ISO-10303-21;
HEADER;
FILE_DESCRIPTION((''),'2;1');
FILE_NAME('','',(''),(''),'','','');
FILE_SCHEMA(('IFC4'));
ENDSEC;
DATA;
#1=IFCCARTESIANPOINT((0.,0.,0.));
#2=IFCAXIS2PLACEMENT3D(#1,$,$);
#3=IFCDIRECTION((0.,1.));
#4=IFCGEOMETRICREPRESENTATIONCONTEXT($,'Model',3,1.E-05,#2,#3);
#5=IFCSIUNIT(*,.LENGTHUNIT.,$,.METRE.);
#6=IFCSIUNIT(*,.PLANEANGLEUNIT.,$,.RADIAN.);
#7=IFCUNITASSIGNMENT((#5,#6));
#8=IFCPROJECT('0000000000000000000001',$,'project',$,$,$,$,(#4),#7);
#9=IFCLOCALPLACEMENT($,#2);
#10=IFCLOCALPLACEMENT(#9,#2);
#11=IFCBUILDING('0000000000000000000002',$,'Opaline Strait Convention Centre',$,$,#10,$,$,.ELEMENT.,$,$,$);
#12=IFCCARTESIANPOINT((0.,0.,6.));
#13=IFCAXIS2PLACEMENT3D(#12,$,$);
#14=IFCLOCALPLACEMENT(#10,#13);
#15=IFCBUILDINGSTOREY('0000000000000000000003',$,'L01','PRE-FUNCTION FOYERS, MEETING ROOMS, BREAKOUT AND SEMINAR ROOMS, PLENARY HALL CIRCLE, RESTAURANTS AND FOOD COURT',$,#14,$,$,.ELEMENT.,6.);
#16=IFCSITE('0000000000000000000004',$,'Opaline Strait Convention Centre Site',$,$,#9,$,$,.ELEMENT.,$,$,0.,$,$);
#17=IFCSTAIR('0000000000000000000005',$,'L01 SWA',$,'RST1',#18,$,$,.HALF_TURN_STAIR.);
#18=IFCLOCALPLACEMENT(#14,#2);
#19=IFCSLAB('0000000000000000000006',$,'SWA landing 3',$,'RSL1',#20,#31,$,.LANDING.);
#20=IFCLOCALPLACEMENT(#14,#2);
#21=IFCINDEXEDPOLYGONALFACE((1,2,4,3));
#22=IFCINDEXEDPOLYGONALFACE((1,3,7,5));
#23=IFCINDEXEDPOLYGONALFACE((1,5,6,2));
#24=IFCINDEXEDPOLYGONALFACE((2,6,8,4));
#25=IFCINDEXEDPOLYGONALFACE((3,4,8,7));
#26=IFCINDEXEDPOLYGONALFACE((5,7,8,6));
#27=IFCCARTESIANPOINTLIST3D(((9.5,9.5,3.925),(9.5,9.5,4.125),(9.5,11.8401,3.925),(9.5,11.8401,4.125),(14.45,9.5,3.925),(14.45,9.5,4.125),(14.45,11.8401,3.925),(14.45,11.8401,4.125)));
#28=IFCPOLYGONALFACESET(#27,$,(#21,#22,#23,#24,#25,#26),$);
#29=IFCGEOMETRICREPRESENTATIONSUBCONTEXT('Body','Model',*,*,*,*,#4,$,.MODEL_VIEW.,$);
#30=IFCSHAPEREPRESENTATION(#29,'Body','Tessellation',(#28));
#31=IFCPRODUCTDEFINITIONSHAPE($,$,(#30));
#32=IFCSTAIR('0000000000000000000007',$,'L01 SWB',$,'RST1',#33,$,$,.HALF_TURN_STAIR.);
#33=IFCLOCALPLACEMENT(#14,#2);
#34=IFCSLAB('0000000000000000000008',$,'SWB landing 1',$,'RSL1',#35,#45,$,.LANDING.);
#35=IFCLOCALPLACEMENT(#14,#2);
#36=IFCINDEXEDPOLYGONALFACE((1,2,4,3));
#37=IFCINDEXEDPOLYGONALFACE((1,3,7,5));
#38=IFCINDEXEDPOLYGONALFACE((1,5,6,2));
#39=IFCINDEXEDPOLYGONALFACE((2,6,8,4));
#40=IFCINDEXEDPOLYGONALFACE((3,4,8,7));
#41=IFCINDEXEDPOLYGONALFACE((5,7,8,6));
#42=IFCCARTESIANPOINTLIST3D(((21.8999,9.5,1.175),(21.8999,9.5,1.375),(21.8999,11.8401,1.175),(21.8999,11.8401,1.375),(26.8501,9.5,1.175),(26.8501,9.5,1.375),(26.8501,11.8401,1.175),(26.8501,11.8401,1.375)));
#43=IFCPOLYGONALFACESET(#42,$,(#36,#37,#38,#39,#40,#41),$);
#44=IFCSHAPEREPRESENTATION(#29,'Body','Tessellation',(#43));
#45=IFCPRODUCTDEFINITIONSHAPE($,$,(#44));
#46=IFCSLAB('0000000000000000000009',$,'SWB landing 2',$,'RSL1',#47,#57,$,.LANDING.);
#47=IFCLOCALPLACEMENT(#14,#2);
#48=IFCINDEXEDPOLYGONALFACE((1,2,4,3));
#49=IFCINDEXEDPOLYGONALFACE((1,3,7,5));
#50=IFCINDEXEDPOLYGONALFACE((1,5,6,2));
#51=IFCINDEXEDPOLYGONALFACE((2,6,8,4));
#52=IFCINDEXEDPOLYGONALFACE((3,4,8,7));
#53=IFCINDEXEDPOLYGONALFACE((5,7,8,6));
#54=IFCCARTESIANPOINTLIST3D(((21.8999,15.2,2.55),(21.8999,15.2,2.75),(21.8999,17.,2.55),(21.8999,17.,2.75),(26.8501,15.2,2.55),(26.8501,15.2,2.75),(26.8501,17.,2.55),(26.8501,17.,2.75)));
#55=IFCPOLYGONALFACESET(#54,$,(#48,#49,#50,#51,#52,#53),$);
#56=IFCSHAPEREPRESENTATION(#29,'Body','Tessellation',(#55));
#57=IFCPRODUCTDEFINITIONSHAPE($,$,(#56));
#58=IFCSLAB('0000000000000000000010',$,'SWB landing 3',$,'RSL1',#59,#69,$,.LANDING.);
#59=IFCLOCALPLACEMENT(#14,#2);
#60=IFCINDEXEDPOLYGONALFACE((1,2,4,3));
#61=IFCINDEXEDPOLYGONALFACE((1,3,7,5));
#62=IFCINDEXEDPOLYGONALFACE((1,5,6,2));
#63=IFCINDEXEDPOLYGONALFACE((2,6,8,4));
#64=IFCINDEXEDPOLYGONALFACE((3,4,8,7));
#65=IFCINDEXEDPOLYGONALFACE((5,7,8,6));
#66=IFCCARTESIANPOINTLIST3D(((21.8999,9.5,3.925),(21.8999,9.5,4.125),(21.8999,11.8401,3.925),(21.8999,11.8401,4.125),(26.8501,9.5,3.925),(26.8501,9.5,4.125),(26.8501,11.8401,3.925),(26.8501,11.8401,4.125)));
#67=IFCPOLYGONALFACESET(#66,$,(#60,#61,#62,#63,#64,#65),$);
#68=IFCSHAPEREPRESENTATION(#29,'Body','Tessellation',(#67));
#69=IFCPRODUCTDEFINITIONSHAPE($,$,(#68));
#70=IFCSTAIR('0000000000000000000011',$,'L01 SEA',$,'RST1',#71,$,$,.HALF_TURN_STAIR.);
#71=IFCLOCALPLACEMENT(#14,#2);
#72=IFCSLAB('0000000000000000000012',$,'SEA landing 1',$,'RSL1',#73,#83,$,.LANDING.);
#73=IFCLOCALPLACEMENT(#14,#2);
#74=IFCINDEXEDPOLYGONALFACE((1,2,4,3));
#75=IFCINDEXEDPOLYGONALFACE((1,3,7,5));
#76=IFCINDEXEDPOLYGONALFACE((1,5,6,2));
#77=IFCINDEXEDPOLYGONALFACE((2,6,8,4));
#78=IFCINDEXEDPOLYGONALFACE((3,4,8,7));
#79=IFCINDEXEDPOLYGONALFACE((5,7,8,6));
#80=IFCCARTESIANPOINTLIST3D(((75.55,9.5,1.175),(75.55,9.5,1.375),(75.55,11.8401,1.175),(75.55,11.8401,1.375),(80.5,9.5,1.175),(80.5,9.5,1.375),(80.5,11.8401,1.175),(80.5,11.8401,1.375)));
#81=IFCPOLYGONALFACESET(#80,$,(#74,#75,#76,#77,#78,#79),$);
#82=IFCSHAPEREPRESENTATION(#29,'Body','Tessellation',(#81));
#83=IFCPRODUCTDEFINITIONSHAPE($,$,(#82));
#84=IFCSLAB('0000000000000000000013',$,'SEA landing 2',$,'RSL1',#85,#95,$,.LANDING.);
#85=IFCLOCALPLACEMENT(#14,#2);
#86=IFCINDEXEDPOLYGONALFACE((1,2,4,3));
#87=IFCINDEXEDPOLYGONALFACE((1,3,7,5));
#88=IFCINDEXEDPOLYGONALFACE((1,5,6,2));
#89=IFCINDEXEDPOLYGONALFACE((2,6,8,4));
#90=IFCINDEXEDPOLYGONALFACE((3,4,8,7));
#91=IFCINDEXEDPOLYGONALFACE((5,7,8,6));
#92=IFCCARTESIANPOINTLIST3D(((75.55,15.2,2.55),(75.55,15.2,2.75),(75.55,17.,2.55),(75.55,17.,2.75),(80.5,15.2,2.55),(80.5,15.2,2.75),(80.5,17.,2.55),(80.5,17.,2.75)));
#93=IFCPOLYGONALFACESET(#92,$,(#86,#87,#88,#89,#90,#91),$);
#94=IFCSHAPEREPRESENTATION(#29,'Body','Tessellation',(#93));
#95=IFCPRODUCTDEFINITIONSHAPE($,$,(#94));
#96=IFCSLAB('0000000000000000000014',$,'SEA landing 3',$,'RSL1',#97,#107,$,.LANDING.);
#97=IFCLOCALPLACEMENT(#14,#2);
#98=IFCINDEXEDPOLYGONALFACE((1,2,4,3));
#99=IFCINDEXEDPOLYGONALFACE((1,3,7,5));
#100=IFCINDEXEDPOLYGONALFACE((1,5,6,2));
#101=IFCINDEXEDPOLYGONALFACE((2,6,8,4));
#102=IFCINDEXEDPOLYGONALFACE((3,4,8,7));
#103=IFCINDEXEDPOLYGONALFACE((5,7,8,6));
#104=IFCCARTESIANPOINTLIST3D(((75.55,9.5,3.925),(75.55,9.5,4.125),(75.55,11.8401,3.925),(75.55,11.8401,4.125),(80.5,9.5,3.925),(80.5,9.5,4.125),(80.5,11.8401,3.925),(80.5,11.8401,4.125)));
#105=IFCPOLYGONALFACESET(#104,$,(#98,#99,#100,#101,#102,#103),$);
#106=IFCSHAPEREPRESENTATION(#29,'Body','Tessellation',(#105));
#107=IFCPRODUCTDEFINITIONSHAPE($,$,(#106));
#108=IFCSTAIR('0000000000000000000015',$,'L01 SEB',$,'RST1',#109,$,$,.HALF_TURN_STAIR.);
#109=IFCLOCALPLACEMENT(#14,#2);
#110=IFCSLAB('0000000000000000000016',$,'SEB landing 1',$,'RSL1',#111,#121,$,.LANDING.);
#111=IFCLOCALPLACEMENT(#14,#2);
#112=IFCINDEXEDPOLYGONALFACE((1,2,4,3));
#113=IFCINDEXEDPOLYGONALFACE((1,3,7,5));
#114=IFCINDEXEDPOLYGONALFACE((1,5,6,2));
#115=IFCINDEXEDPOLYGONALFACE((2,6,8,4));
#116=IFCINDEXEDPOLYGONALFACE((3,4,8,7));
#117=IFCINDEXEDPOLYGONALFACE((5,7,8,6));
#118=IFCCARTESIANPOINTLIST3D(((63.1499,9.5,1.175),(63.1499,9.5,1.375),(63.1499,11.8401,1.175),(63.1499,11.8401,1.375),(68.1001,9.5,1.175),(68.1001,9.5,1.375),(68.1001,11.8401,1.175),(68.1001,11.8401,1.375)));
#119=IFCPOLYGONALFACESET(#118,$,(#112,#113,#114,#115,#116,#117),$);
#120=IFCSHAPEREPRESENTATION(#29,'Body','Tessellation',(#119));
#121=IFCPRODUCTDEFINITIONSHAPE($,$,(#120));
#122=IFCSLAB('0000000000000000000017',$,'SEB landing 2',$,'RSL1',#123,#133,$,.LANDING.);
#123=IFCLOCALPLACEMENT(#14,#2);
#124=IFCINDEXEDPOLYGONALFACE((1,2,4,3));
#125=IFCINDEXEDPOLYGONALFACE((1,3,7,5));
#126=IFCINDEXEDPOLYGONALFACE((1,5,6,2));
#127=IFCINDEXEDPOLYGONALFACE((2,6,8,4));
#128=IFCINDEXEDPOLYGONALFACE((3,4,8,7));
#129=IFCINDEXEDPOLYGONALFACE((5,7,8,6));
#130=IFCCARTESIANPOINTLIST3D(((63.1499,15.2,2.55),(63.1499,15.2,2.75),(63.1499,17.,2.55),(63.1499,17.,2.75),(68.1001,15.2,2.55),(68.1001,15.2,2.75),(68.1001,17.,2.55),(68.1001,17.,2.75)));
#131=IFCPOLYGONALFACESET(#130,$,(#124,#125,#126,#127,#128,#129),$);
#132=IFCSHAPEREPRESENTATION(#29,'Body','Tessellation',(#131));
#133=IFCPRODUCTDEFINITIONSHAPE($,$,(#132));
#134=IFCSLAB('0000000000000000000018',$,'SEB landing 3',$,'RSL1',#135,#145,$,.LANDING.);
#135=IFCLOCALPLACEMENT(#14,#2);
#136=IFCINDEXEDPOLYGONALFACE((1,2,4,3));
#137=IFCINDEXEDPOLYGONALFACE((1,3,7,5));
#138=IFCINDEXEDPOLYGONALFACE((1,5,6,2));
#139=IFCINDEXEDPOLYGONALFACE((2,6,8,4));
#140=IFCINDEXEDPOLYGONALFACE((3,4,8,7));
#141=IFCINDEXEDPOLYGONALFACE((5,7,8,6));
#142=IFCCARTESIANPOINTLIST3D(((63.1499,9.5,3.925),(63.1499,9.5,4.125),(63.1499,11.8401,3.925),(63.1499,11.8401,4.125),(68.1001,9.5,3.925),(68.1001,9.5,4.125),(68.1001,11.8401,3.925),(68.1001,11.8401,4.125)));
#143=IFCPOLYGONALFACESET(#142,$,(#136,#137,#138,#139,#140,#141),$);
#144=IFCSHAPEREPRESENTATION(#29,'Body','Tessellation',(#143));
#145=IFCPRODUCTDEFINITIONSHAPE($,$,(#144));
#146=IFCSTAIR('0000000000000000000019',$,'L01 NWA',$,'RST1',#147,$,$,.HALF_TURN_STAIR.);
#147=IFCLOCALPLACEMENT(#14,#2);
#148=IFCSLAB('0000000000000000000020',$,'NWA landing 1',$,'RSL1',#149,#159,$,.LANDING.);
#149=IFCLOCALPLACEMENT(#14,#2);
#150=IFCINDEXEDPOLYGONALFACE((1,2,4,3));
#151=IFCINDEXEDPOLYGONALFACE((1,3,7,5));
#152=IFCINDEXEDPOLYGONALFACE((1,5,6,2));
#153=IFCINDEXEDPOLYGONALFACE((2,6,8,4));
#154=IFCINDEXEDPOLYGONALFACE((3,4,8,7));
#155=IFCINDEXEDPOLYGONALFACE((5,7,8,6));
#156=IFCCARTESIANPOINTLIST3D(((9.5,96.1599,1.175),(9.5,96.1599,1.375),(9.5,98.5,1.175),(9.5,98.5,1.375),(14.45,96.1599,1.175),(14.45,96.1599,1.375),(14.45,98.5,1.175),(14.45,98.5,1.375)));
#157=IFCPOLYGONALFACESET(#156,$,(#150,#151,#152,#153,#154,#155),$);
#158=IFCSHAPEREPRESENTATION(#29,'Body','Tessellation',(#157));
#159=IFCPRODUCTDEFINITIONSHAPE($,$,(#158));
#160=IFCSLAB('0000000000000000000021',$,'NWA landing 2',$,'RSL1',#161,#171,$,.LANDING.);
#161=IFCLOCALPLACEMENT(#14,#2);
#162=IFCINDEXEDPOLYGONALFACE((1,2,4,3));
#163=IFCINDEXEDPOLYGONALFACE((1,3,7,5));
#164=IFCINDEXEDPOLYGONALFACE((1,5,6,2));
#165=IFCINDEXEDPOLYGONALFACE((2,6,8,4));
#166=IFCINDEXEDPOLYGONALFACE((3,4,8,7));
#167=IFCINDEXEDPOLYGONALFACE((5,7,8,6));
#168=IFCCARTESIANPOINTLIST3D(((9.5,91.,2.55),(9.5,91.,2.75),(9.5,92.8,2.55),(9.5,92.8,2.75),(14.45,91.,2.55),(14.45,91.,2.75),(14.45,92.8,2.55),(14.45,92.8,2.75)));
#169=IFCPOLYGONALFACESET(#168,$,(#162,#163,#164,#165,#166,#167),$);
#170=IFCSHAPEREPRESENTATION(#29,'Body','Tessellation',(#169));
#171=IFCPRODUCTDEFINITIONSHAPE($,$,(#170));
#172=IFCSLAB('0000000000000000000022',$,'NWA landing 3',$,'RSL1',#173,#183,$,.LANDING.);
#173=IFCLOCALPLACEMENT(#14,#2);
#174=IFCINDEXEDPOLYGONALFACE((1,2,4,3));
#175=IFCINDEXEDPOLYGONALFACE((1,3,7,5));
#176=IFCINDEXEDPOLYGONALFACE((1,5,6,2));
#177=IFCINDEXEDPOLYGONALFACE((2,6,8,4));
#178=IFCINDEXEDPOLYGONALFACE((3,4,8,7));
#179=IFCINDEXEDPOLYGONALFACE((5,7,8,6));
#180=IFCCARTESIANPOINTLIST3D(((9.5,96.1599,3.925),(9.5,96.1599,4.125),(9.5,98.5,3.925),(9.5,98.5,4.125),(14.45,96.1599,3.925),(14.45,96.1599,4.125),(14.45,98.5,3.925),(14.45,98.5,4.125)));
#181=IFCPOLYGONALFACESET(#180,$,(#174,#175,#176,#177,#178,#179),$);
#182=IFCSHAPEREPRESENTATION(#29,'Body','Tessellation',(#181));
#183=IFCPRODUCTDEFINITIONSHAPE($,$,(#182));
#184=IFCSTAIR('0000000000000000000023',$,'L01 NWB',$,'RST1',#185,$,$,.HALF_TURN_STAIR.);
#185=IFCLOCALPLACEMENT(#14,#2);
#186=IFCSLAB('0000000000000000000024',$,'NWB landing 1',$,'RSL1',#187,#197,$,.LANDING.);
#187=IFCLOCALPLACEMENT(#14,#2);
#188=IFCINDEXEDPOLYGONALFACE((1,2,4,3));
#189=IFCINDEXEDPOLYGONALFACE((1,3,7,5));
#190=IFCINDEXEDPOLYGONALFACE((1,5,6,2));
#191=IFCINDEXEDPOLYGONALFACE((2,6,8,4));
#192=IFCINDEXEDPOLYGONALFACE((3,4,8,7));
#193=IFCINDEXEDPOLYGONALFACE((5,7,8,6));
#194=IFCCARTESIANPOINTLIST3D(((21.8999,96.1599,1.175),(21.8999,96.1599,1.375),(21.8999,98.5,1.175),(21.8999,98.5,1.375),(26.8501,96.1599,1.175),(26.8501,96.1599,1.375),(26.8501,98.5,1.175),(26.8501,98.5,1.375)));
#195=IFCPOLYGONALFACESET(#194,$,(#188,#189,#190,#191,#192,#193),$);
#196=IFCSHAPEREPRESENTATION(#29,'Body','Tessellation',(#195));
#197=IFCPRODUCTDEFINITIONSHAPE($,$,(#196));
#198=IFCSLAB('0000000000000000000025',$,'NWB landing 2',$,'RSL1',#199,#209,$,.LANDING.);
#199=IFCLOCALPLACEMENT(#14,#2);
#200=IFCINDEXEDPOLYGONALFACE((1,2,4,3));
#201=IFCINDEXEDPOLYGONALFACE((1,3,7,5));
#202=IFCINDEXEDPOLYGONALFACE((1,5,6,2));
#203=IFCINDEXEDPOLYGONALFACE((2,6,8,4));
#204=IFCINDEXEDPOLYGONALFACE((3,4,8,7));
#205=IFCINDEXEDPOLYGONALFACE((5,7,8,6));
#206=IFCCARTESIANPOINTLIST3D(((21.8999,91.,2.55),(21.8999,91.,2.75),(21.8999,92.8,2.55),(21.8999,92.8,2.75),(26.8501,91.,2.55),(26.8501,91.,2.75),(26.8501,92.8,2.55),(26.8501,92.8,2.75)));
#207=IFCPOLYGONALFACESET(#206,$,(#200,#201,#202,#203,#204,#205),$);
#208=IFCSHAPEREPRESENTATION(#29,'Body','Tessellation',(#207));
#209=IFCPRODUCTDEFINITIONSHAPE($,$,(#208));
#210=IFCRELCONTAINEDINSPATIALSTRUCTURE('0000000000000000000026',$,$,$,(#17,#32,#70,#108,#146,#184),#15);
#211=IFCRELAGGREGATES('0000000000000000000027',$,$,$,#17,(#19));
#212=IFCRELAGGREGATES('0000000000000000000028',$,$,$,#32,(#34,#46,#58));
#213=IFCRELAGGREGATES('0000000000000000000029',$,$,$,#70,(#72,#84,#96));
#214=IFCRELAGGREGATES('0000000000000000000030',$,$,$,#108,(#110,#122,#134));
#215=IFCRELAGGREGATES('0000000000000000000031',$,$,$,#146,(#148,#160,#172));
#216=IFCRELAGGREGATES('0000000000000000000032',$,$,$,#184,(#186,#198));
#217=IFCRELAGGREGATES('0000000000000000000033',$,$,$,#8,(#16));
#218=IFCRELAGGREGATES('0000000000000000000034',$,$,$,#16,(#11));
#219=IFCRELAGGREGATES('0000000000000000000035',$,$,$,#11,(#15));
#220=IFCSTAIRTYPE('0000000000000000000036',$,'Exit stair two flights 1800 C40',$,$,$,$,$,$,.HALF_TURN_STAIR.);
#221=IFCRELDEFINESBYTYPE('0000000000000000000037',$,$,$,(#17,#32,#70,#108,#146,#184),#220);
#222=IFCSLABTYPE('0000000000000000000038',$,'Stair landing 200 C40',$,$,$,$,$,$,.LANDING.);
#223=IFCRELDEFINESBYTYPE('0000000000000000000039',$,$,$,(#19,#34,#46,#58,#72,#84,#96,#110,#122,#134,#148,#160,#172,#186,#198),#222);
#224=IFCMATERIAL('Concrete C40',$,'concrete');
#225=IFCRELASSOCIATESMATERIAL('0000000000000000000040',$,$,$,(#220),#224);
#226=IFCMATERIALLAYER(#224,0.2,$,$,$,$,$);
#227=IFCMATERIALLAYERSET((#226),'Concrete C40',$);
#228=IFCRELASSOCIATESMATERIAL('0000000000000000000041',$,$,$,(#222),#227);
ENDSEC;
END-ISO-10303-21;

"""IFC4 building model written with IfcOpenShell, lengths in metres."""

from ifc_helpers import new_model, si_unit, direction, frame, origin, place, context, subcontext, project, spatial, polyline, outline, extrude, material, layer, layer_set, type_object, element, aggregate, save


model = new_model("IFC4")

# Units and contexts
model_context = context("Model", 3, precision=1e-05, world=origin(), true_north=direction((0.0, 1.0)))
body_context = subcontext(model_context, "Body", "Model", "MODEL_VIEW")
ifc_project = project(units=[si_unit("LENGTHUNIT", "METRE"), si_unit("PLANEANGLEUNIT", "RADIAN")], contexts=[model_context])

# Site, building, storey
site_placement = place(None, origin())
site = spatial("IfcSite", under=ifc_project, at=site_placement, Name="Opaline Strait Convention Centre Site", CompositionType="ELEMENT", RefElevation=0.0)
building_placement = place(site_placement, origin())
building = spatial("IfcBuilding", under=site, at=building_placement, Name="Opaline Strait Convention Centre", CompositionType="ELEMENT")
storey_placement = place(building_placement, frame((0.0, 0.0, 6.0)))
storey = spatial("IfcBuildingStorey", under=building, at=storey_placement, Name="L01", Description="PRE-FUNCTION FOYERS, MEETING ROOMS, BREAKOUT AND SEMINAR ROOMS, PLENARY HALL CIRCLE, RESTAURANTS AND FOOD COURT", CompositionType="ELEMENT", Elevation=6.0)

# Stair, slab
ifc_material = material(Name="Concrete C40", Category="concrete")
stair_type = type_object("IfcStairType", Name="Exit stair two flights 1800 C40", PredefinedType="HALF_TURN_STAIR", material=ifc_material)
stair_1_placement = place(storey_placement, origin())
stair_1 = element("IfcStair", 1, at=stair_1_placement, inside=storey, type_object=stair_type, Name="L01 SWA", ObjectType="RST1", PredefinedType="HALF_TURN_STAIR")
ifc_layer = layer(ifc_material, 0.2)
ifc_layer_set = layer_set([ifc_layer], Name="Concrete C40")
slab_type = type_object("IfcSlabType", Name="Stair landing 200 C40", PredefinedType="LANDING", material=ifc_layer_set)
slab_1_placement = place(storey_placement, frame((0.0, 0.0, 3.925)))
slab_1 = element("IfcSlab", 2, at=slab_1_placement, type_object=slab_type, Name="SWA landing 3", ObjectType="RSL1", PredefinedType="LANDING", context=body_context, shape_type="SweptSolid", body=[
    extrude(outline(polyline([(9.5, 11.8401), (9.5, 9.5), (14.45, 9.5), (14.45, 11.8401), (9.5, 11.8401)])), origin(), (0.0, 0.0, 1.0), 0.2),
])
aggregate(stair_1, [slab_1])

# Stairs, slabs
stair_2_placement = place(storey_placement, origin())
stair_2 = element("IfcStair", 3, at=stair_2_placement, inside=storey, type_object=stair_type, Name="L01 SWB", ObjectType="RST1", PredefinedType="HALF_TURN_STAIR")
slab_2_placement = place(storey_placement, frame((0.0, 0.0, 1.175)))
slab_2 = element("IfcSlab", 4, at=slab_2_placement, type_object=slab_type, Name="SWB landing 1", ObjectType="RSL1", PredefinedType="LANDING", context=body_context, shape_type="SweptSolid", body=[
    extrude(outline(polyline([(21.8999, 11.8401), (21.8999, 9.5), (26.8501, 9.5), (26.8501, 11.8401), (21.8999, 11.8401)])), origin(), (0.0, 0.0, 1.0), 0.2),
])
slab_3_placement = place(storey_placement, frame((0.0, 0.0, 2.55)))
slab_3 = element("IfcSlab", 5, at=slab_3_placement, type_object=slab_type, Name="SWB landing 2", ObjectType="RSL1", PredefinedType="LANDING", context=body_context, shape_type="SweptSolid", body=[
    extrude(outline(polyline([(21.8999, 17.0), (21.8999, 15.2), (26.8501, 15.2), (26.8501, 17.0), (21.8999, 17.0)])), origin(), (0.0, 0.0, 1.0), 0.2),
])
slab_4_placement = place(storey_placement, frame((0.0, 0.0, 3.925)))
slab_4 = element("IfcSlab", 6, at=slab_4_placement, type_object=slab_type, Name="SWB landing 3", ObjectType="RSL1", PredefinedType="LANDING", context=body_context, shape_type="SweptSolid", body=[
    extrude(outline(polyline([(21.8999, 11.8401), (21.8999, 9.5), (26.8501, 9.5), (26.8501, 11.8401), (21.8999, 11.8401)])), origin(), (0.0, 0.0, 1.0), 0.2),
])
aggregate(stair_2, [slab_2, slab_3, slab_4])
stair_3_placement = place(storey_placement, origin())
stair_3 = element("IfcStair", 7, at=stair_3_placement, inside=storey, type_object=stair_type, Name="L01 SEA", ObjectType="RST1", PredefinedType="HALF_TURN_STAIR")
slab_5_placement = place(storey_placement, frame((0.0, 0.0, 1.175)))
slab_5 = element("IfcSlab", 8, at=slab_5_placement, type_object=slab_type, Name="SEA landing 1", ObjectType="RSL1", PredefinedType="LANDING", context=body_context, shape_type="SweptSolid", body=[
    extrude(outline(polyline([(75.55, 11.8401), (75.55, 9.5), (80.5, 9.5), (80.5, 11.8401), (75.55, 11.8401)])), origin(), (0.0, 0.0, 1.0), 0.2),
])
slab_6_placement = place(storey_placement, frame((0.0, 0.0, 2.55)))
slab_6 = element("IfcSlab", 9, at=slab_6_placement, type_object=slab_type, Name="SEA landing 2", ObjectType="RSL1", PredefinedType="LANDING", context=body_context, shape_type="SweptSolid", body=[
    extrude(outline(polyline([(75.55, 17.0), (75.55, 15.2), (80.5, 15.2), (80.5, 17.0), (75.55, 17.0)])), origin(), (0.0, 0.0, 1.0), 0.2),
])
slab_7_placement = place(storey_placement, frame((0.0, 0.0, 3.925)))
slab_7 = element("IfcSlab", 10, at=slab_7_placement, type_object=slab_type, Name="SEA landing 3", ObjectType="RSL1", PredefinedType="LANDING", context=body_context, shape_type="SweptSolid", body=[
    extrude(outline(polyline([(75.55, 11.8401), (75.55, 9.5), (80.5, 9.5), (80.5, 11.8401), (75.55, 11.8401)])), origin(), (0.0, 0.0, 1.0), 0.2),
])
aggregate(stair_3, [slab_5, slab_6, slab_7])
stair_4_placement = place(storey_placement, origin())
stair_4 = element("IfcStair", 11, at=stair_4_placement, inside=storey, type_object=stair_type, Name="L01 SEB", ObjectType="RST1", PredefinedType="HALF_TURN_STAIR")
slab_8_placement = place(storey_placement, frame((0.0, 0.0, 1.175)))
slab_8 = element("IfcSlab", 12, at=slab_8_placement, type_object=slab_type, Name="SEB landing 1", ObjectType="RSL1", PredefinedType="LANDING", context=body_context, shape_type="SweptSolid", body=[
    extrude(outline(polyline([(63.1499, 11.8401), (63.1499, 9.5), (68.1001, 9.5), (68.1001, 11.8401), (63.1499, 11.8401)])), origin(), (0.0, 0.0, 1.0), 0.2),
])
slab_9_placement = place(storey_placement, frame((0.0, 0.0, 2.55)))
slab_9 = element("IfcSlab", 13, at=slab_9_placement, type_object=slab_type, Name="SEB landing 2", ObjectType="RSL1", PredefinedType="LANDING", context=body_context, shape_type="SweptSolid", body=[
    extrude(outline(polyline([(63.1499, 17.0), (63.1499, 15.2), (68.1001, 15.2), (68.1001, 17.0), (63.1499, 17.0)])), origin(), (0.0, 0.0, 1.0), 0.2),
])
slab_10_placement = place(storey_placement, frame((0.0, 0.0, 3.925)))
slab_10 = element("IfcSlab", 14, at=slab_10_placement, type_object=slab_type, Name="SEB landing 3", ObjectType="RSL1", PredefinedType="LANDING", context=body_context, shape_type="SweptSolid", body=[
    extrude(outline(polyline([(63.1499, 11.8401), (63.1499, 9.5), (68.1001, 9.5), (68.1001, 11.8401), (63.1499, 11.8401)])), origin(), (0.0, 0.0, 1.0), 0.2),
])
aggregate(stair_4, [slab_8, slab_9, slab_10])
stair_5_placement = place(storey_placement, origin())
stair_5 = element("IfcStair", 15, at=stair_5_placement, inside=storey, type_object=stair_type, Name="L01 NWA", ObjectType="RST1", PredefinedType="HALF_TURN_STAIR")
slab_11_placement = place(storey_placement, frame((0.0, 0.0, 1.175)))
slab_11 = element("IfcSlab", 16, at=slab_11_placement, type_object=slab_type, Name="NWA landing 1", ObjectType="RSL1", PredefinedType="LANDING", context=body_context, shape_type="SweptSolid", body=[
    extrude(outline(polyline([(14.45, 96.1599), (14.45, 98.5), (9.5, 98.5), (9.5, 96.1599), (14.45, 96.1599)])), origin(), (0.0, 0.0, 1.0), 0.2),
])
slab_12_placement = place(storey_placement, frame((0.0, 0.0, 2.55)))
slab_12 = element("IfcSlab", 17, at=slab_12_placement, type_object=slab_type, Name="NWA landing 2", ObjectType="RSL1", PredefinedType="LANDING", context=body_context, shape_type="SweptSolid", body=[
    extrude(outline(polyline([(14.45, 91.0), (14.45, 92.8), (9.5, 92.8), (9.5, 91.0), (14.45, 91.0)])), origin(), (0.0, 0.0, 1.0), 0.2),
])
slab_13_placement = place(storey_placement, frame((0.0, 0.0, 3.925)))
slab_13 = element("IfcSlab", 18, at=slab_13_placement, type_object=slab_type, Name="NWA landing 3", ObjectType="RSL1", PredefinedType="LANDING", context=body_context, shape_type="SweptSolid", body=[
    extrude(outline(polyline([(14.45, 96.1599), (14.45, 98.5), (9.5, 98.5), (9.5, 96.1599), (14.45, 96.1599)])), origin(), (0.0, 0.0, 1.0), 0.2),
])
aggregate(stair_5, [slab_11, slab_12, slab_13])
stair_6_placement = place(storey_placement, origin())
stair_6 = element("IfcStair", 19, at=stair_6_placement, inside=storey, type_object=stair_type, Name="L01 NWB", ObjectType="RST1", PredefinedType="HALF_TURN_STAIR")
slab_14_placement = place(storey_placement, frame((0.0, 0.0, 1.175)))
slab_14 = element("IfcSlab", 20, at=slab_14_placement, type_object=slab_type, Name="NWB landing 1", ObjectType="RSL1", PredefinedType="LANDING", context=body_context, shape_type="SweptSolid", body=[
    extrude(outline(polyline([(26.8501, 96.1599), (26.8501, 98.5), (21.8999, 98.5), (21.8999, 96.1599), (26.8501, 96.1599)])), origin(), (0.0, 0.0, 1.0), 0.2),
])
slab_15_placement = place(storey_placement, frame((0.0, 0.0, 2.55)))
slab_15 = element("IfcSlab", 21, at=slab_15_placement, type_object=slab_type, Name="NWB landing 2", ObjectType="RSL1", PredefinedType="LANDING", context=body_context, shape_type="SweptSolid", body=[
    extrude(outline(polyline([(26.8501, 91.0), (26.8501, 92.8), (21.8999, 92.8), (21.8999, 91.0), (26.8501, 91.0)])), origin(), (0.0, 0.0, 1.0), 0.2),
])
aggregate(stair_6, [slab_14, slab_15])

save(model, "model.ifc")
